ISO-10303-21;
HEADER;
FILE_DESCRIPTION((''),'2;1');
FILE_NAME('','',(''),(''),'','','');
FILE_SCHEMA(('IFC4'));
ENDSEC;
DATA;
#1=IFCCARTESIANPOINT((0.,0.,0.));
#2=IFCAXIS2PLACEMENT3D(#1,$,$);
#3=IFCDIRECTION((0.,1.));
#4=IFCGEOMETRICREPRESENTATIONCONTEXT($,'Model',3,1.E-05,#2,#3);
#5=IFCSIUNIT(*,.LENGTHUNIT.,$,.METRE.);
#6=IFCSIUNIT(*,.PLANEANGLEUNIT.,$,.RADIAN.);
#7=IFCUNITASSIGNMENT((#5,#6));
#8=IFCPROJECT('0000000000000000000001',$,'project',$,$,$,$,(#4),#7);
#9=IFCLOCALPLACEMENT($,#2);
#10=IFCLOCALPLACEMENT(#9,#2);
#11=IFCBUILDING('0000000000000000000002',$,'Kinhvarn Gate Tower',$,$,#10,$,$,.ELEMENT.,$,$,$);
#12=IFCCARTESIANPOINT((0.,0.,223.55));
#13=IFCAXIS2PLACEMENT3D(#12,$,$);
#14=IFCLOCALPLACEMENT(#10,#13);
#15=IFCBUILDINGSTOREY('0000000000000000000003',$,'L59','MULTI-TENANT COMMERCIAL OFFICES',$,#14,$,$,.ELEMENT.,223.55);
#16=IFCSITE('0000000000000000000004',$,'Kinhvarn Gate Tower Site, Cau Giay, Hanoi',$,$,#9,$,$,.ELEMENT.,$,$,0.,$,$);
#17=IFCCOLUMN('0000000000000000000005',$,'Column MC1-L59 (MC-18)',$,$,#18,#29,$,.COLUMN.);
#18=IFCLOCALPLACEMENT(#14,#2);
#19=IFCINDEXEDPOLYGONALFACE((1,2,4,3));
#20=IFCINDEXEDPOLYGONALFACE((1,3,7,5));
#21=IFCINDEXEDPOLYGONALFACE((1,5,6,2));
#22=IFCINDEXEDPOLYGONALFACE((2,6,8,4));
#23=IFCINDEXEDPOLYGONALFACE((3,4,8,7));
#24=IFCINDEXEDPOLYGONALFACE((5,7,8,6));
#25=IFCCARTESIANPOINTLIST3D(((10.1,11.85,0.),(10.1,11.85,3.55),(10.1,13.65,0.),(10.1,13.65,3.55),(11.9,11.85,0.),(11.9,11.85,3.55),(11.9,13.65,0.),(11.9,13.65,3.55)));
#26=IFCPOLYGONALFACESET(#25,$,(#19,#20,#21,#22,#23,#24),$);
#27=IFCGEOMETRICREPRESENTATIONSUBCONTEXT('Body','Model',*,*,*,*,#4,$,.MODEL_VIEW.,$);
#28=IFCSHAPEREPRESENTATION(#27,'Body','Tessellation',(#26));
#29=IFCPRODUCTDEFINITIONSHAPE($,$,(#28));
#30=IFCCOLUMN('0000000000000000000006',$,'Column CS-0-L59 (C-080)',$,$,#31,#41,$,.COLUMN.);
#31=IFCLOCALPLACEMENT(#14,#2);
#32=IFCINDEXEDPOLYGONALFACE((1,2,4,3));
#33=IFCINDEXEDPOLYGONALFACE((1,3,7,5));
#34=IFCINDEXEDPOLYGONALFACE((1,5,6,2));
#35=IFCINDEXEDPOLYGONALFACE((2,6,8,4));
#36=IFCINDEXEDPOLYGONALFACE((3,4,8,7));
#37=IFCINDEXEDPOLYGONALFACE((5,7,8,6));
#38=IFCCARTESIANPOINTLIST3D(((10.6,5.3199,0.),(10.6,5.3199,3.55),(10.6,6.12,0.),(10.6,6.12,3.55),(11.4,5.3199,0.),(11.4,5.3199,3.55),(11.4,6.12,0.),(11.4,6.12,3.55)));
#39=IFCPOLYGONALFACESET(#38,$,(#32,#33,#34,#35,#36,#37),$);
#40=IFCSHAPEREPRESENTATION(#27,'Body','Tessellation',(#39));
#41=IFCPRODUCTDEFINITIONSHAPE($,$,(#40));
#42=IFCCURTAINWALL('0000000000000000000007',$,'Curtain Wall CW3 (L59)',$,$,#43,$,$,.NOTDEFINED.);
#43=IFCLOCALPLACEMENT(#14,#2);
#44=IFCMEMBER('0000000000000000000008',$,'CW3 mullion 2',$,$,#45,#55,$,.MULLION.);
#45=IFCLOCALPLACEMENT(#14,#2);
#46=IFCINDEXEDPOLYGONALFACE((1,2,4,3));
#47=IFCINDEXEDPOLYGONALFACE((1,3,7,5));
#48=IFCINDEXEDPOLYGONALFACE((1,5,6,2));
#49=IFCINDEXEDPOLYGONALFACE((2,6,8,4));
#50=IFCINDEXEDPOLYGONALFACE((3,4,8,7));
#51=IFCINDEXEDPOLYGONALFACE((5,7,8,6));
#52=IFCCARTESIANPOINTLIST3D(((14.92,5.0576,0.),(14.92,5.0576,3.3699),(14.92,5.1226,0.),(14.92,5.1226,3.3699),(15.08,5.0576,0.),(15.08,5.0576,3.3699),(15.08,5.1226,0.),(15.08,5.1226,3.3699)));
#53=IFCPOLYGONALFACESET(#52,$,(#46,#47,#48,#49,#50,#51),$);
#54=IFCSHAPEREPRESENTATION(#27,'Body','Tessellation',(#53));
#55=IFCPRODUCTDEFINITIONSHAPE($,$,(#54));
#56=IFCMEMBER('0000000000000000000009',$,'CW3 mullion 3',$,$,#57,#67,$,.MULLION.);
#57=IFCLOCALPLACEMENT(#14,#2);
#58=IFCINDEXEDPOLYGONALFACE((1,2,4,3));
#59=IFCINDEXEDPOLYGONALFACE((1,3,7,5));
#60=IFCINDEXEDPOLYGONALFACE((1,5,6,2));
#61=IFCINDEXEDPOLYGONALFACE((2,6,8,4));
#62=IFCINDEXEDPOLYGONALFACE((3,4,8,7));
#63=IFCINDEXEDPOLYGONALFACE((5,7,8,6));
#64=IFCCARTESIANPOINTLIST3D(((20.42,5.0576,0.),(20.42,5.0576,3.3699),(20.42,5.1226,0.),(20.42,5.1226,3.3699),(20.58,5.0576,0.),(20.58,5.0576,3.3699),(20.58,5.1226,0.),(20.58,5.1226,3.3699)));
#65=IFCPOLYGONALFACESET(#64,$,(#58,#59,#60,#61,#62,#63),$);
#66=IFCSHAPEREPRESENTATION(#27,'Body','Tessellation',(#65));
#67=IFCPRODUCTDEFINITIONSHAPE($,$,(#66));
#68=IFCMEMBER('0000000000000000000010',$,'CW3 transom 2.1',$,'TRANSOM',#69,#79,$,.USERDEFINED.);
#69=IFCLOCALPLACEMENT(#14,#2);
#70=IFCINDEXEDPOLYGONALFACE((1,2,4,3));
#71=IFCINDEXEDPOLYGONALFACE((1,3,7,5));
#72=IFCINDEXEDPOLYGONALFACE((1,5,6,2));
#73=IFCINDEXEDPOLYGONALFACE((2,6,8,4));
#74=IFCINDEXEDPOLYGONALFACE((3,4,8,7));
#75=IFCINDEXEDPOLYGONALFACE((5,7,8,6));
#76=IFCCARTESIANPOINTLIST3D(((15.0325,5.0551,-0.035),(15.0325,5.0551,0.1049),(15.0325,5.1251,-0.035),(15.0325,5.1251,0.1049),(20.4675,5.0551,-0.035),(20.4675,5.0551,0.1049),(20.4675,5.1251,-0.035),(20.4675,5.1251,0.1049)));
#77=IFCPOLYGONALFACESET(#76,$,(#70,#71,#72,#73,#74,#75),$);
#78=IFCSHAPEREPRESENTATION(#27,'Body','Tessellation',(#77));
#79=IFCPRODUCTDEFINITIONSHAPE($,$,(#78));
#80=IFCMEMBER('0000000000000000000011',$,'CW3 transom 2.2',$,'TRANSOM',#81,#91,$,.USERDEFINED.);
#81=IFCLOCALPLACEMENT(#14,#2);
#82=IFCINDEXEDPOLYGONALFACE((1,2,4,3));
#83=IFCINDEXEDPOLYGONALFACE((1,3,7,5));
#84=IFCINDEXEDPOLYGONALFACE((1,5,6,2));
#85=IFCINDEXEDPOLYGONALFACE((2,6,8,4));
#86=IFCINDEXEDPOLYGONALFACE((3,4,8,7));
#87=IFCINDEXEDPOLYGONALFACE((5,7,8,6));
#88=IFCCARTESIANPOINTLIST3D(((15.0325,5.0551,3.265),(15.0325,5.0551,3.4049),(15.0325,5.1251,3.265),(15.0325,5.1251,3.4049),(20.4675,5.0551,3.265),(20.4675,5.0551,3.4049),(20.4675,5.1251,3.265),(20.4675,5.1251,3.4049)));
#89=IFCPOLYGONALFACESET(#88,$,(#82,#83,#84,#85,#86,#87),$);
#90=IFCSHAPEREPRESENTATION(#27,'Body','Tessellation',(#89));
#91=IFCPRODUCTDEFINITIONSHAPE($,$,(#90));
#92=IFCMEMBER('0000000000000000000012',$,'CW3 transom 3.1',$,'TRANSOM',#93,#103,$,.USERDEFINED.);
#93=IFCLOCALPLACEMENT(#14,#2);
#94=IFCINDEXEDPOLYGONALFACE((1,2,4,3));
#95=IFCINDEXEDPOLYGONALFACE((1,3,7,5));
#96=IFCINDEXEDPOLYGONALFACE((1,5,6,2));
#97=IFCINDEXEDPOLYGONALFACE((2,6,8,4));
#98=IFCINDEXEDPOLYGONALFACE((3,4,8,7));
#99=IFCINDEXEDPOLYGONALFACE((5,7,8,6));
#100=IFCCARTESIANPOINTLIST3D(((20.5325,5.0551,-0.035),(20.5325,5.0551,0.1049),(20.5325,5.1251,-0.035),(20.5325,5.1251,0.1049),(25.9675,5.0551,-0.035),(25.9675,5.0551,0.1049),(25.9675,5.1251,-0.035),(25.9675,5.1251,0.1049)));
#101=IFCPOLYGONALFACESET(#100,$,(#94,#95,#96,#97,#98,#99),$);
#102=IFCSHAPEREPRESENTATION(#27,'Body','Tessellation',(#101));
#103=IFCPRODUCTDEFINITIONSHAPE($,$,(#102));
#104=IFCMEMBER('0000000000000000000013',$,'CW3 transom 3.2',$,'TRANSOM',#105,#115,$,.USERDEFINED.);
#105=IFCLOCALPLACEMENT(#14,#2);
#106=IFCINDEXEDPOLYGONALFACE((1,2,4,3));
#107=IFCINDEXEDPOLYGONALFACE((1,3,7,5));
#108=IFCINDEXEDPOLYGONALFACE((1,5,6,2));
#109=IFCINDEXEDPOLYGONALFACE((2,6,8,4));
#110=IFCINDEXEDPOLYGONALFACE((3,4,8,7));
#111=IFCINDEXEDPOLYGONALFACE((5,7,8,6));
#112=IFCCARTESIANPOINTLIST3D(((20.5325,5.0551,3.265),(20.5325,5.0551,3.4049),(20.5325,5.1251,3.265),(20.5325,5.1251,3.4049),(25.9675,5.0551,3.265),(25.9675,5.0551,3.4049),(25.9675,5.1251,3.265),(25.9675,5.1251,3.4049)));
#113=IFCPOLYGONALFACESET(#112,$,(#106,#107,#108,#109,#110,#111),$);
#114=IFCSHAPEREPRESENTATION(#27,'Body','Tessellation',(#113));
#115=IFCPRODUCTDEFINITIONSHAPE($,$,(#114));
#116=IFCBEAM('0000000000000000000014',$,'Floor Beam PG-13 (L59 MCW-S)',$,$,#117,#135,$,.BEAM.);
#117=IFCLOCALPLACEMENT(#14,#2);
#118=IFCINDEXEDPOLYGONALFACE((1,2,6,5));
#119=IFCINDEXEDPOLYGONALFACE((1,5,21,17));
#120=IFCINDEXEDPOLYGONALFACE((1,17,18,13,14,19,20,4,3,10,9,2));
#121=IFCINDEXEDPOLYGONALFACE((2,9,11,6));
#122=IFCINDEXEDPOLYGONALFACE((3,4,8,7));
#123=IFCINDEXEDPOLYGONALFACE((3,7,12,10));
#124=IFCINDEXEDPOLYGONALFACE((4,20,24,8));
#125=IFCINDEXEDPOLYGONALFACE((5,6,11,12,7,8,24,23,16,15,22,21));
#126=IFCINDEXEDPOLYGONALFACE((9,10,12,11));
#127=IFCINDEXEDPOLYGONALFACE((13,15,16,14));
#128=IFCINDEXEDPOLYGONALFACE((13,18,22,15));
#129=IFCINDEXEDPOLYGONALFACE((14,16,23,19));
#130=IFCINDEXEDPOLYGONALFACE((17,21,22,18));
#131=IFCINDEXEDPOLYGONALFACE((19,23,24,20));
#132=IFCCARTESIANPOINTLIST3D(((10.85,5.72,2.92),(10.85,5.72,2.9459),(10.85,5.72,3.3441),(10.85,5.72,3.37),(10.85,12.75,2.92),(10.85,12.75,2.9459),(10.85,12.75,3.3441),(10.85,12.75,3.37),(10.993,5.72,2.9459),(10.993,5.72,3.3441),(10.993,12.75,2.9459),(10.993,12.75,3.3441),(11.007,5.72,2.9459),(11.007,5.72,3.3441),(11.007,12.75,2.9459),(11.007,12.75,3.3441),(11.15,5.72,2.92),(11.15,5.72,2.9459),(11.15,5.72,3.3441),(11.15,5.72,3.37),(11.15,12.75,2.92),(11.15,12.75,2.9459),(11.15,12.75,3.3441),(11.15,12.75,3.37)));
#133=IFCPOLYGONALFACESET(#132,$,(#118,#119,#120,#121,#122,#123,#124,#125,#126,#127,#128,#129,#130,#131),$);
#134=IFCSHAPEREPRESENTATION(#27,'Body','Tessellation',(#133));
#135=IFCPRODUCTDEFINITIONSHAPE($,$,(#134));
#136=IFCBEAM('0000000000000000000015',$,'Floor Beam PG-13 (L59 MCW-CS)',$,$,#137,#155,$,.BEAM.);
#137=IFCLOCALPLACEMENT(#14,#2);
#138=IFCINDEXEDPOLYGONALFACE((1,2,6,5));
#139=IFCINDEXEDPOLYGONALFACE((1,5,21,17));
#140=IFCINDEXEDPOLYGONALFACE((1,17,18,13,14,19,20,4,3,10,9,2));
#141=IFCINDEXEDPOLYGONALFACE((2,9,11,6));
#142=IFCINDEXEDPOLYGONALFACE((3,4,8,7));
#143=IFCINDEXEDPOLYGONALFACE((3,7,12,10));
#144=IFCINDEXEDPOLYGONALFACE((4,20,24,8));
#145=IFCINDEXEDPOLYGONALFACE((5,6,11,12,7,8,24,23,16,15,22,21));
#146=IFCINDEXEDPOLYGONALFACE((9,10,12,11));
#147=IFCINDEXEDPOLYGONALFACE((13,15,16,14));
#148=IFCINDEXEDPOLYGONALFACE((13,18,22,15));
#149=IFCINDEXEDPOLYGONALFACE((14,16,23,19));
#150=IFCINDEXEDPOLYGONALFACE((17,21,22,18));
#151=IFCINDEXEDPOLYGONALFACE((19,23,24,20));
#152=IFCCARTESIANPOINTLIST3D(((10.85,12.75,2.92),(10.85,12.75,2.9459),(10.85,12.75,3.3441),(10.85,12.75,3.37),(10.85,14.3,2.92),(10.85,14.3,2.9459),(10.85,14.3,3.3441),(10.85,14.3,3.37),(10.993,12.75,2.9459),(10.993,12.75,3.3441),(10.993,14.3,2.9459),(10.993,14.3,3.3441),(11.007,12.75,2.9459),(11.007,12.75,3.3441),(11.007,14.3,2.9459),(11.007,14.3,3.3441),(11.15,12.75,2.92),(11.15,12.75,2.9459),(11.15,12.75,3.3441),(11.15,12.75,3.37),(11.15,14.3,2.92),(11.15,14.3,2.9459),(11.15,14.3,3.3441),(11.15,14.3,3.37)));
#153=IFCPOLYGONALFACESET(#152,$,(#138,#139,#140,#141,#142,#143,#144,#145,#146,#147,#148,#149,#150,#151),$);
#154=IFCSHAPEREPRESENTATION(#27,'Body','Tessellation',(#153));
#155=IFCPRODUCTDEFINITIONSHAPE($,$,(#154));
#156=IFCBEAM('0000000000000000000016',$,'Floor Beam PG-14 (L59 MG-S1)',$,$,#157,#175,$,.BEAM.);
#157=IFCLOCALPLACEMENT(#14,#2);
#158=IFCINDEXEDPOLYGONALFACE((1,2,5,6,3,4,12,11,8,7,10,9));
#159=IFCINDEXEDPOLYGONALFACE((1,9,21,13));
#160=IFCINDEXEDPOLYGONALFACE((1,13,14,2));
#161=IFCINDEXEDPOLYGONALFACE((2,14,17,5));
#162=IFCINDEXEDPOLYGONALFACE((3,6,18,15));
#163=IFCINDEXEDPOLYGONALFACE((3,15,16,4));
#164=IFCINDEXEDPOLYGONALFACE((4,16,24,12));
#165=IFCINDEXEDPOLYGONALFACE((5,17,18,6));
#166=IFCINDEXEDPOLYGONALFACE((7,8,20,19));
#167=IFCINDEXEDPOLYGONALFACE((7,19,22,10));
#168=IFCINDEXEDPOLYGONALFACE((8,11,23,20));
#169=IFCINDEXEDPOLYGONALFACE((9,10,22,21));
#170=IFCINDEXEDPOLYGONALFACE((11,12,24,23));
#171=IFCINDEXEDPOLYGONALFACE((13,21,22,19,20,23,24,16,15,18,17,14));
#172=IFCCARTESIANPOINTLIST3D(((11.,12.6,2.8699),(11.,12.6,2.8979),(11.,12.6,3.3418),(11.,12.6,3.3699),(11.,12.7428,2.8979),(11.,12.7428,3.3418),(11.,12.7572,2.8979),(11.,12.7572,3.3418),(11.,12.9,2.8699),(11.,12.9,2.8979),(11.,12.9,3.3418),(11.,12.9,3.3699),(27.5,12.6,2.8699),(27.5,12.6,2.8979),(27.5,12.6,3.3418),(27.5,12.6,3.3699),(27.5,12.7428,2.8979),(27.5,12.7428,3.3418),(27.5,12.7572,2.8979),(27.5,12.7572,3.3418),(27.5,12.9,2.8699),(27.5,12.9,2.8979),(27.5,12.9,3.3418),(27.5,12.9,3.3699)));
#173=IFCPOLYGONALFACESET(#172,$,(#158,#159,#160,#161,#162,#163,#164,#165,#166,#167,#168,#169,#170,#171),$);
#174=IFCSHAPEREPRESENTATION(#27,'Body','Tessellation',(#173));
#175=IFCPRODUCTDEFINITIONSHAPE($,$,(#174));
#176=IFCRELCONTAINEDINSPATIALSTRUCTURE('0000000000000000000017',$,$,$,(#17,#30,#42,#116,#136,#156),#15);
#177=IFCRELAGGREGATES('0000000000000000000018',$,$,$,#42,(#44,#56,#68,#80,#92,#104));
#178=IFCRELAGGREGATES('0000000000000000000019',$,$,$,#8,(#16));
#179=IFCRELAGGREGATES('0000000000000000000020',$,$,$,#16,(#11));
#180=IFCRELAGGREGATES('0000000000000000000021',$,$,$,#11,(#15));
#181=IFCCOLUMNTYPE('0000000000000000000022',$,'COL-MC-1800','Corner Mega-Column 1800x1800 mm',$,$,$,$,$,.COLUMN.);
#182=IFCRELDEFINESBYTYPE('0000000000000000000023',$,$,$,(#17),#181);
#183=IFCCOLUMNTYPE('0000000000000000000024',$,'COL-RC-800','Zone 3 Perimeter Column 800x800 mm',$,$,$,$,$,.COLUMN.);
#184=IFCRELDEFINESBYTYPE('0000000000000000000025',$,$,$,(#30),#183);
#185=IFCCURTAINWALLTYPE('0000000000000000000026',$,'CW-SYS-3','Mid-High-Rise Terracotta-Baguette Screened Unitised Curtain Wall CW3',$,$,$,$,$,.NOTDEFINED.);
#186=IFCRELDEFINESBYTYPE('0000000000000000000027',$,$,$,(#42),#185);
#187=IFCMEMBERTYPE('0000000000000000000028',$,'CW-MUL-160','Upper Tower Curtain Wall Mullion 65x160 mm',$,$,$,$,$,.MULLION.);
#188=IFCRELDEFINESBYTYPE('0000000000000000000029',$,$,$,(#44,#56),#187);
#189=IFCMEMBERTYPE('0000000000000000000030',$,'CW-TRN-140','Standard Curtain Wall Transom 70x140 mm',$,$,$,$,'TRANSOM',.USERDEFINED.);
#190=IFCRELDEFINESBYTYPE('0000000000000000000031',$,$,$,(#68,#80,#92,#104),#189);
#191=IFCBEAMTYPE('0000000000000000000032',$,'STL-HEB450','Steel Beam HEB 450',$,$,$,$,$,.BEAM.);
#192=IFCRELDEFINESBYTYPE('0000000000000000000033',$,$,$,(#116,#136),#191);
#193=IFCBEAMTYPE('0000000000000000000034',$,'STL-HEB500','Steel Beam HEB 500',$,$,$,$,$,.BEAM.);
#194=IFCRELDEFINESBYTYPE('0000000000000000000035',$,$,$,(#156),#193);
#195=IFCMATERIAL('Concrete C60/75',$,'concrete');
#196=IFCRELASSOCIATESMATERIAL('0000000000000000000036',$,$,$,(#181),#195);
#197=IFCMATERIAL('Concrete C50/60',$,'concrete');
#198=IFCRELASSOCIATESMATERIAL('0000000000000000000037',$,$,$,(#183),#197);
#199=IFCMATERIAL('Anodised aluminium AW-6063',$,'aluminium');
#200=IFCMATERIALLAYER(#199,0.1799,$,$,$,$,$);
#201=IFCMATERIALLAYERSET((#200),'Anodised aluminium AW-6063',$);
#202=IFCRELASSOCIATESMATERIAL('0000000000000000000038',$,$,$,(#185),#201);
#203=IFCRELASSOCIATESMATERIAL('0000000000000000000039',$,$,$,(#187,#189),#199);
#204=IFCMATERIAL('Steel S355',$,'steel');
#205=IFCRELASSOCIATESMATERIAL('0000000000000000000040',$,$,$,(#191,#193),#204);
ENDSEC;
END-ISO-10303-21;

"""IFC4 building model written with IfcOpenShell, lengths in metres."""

from ifc_helpers import new_model, si_unit, direction, frame, origin, origin_2d, place, context, subcontext, project, spatial, rectangle, i_section, extrude, material, layer, layer_set, material_profile, profile_set, type_object, element, aggregate, save


model = new_model("IFC4")

# Units and contexts
model_context = context("Model", 3, precision=1e-05, world=origin(), true_north=direction((0.0, 1.0)))
body_context = subcontext(model_context, "Body", "Model", "MODEL_VIEW")
ifc_project = project(units=[si_unit("LENGTHUNIT", "METRE"), si_unit("PLANEANGLEUNIT", "RADIAN")], contexts=[model_context])

# Site, building, storey
site_placement = place(None, origin())
site = spatial("IfcSite", under=ifc_project, at=site_placement, Name="Kinhvarn Gate Tower Site, Cau Giay, Hanoi", CompositionType="ELEMENT", RefElevation=0.0)
building_placement = place(site_placement, origin())
building = spatial("IfcBuilding", under=site, at=building_placement, Name="Kinhvarn Gate Tower", CompositionType="ELEMENT")
storey_placement = place(building_placement, frame((0.0, 0.0, 223.55)))
storey = spatial("IfcBuildingStorey", under=building, at=storey_placement, Name="L59", Description="MULTI-TENANT COMMERCIAL OFFICES", CompositionType="ELEMENT", Elevation=223.55)

# Columns
ifc_material_1 = material(Name="Concrete C60/75", Category="concrete")
ifc_material_profile_1 = material_profile(ifc_material_1, rectangle(XDim=1.8, YDim=1.8, at=origin_2d()), Name="RC 1800x1800")
ifc_profile_set_1 = profile_set([ifc_material_profile_1], Name="Concrete C60/75")
column_type_1 = type_object("IfcColumnType", Name="COL-MC-1800", Description="Corner Mega-Column 1800x1800 mm", PredefinedType="COLUMN", material=ifc_profile_set_1)
column_1_placement = place(storey_placement, frame((11.0, 12.75, 0.0), z_axis=(0.0, 0.0, 1.0), x_axis=(1.0, 0.0, 0.0)))
element("IfcColumn", 1, at=column_1_placement, inside=storey, type_object=column_type_1, Name="Column MC1-L59 (MC-18)", PredefinedType="COLUMN", context=body_context, shape_type="SweptSolid", body=[
    extrude(rectangle(XDim=1.8, YDim=1.8, at=origin_2d()), origin(), (0.0, 0.0, 1.0), 3.55),
])
ifc_material_2 = material(Name="Concrete C50/60", Category="concrete")
ifc_material_profile_2 = material_profile(ifc_material_2, rectangle(XDim=0.8, YDim=0.8, at=origin_2d()), Name="RC 800x800")
ifc_profile_set_2 = profile_set([ifc_material_profile_2], Name="Concrete C50/60")
column_type_2 = type_object("IfcColumnType", Name="COL-RC-800", Description="Zone 3 Perimeter Column 800x800 mm", PredefinedType="COLUMN", material=ifc_profile_set_2)
column_2_placement = place(storey_placement, frame((11.0, 5.72, 0.0), z_axis=(0.0, 0.0, 1.0), x_axis=(1.0, 0.0, 0.0)))
element("IfcColumn", 2, at=column_2_placement, inside=storey, type_object=column_type_2, Name="Column CS-0-L59 (C-080)", PredefinedType="COLUMN", context=body_context, shape_type="SweptSolid", body=[
    extrude(rectangle(XDim=0.8, YDim=0.8, at=origin_2d()), origin(), (0.0, 0.0, 1.0), 3.55),
])

# Curtain wall, members
ifc_material_3 = material(Name="Anodised aluminium AW-6063", Category="aluminium")
ifc_layer_1 = layer(ifc_material_3, 0.1799)
ifc_layer_set_1 = layer_set([ifc_layer_1], Name="Anodised aluminium AW-6063")
curtain_wall_type = type_object("IfcCurtainWallType", Name="CW-SYS-3", Description="Mid-High-Rise Terracotta-Baguette Screened Unitised Curtain Wall CW3", PredefinedType="NOTDEFINED", material=ifc_layer_set_1)
curtain_wall_placement = place(storey_placement, origin())
curtain_wall = element("IfcCurtainWall", 3, at=curtain_wall_placement, inside=storey, type_object=curtain_wall_type, Name="Curtain Wall CW3 (L59)", PredefinedType="NOTDEFINED")
ifc_material_profile_3 = material_profile(ifc_material_3, rectangle(XDim=0.0649, YDim=0.1599, at=origin_2d()), Name="ALU 65x160")
ifc_profile_set_3 = profile_set([ifc_material_profile_3], Name="Anodised aluminium AW-6063")
member_type_1 = type_object("IfcMemberType", Name="CW-MUL-160", Description="Upper Tower Curtain Wall Mullion 65x160 mm", PredefinedType="MULLION", material=ifc_profile_set_3)
member_1_placement = place(storey_placement, frame((15.0, 5.0901, 0.0), z_axis=(0.0, 0.0, 1.0), x_axis=(0.0, 1.0, 0.0)))
member_1 = element("IfcMember", 4, at=member_1_placement, type_object=member_type_1, Name="CW3 mullion 2", PredefinedType="MULLION", context=body_context, shape_type="SweptSolid", body=[
    extrude(rectangle(XDim=0.0649, YDim=0.1599, at=origin_2d()), origin(), (0.0, 0.0, 1.0), 3.3699),
])
member_2_placement = place(storey_placement, frame((20.5, 5.0901, 0.0), z_axis=(0.0, 0.0, 1.0), x_axis=(0.0, 1.0, 0.0)))
member_2 = element("IfcMember", 5, at=member_2_placement, type_object=member_type_1, Name="CW3 mullion 3", PredefinedType="MULLION", context=body_context, shape_type="SweptSolid", body=[
    extrude(rectangle(XDim=0.0649, YDim=0.1599, at=origin_2d()), origin(), (0.0, 0.0, 1.0), 3.3699),
])
ifc_material_profile_4 = material_profile(ifc_material_3, rectangle(XDim=0.0701, YDim=0.1399, at=origin_2d()), Name="ALU 70x140")
ifc_profile_set_4 = profile_set([ifc_material_profile_4], Name="Anodised aluminium AW-6063")
member_type_2 = type_object("IfcMemberType", Name="CW-TRN-140", Description="Standard Curtain Wall Transom 70x140 mm", ElementType="TRANSOM", PredefinedType="USERDEFINED", material=ifc_profile_set_4)
member_3_placement = place(storey_placement, frame((15.0325, 5.0901, 0.0349), z_axis=(1.0, 0.0, 0.0), x_axis=(0.0, 1.0, 0.0)))
member_3 = element("IfcMember", 6, at=member_3_placement, type_object=member_type_2, Name="CW3 transom 2.1", ObjectType="TRANSOM", PredefinedType="USERDEFINED", context=body_context, shape_type="SweptSolid", body=[
    extrude(rectangle(XDim=0.0701, YDim=0.1399, at=origin_2d()), origin(), (0.0, 0.0, 1.0), 5.4351),
])
member_4_placement = place(storey_placement, frame((15.0325, 5.0901, 3.335), z_axis=(1.0, 0.0, 0.0), x_axis=(0.0, 1.0, 0.0)))
member_4 = element("IfcMember", 7, at=member_4_placement, type_object=member_type_2, Name="CW3 transom 2.2", ObjectType="TRANSOM", PredefinedType="USERDEFINED", context=body_context, shape_type="SweptSolid", body=[
    extrude(rectangle(XDim=0.0701, YDim=0.1399, at=origin_2d()), origin(), (0.0, 0.0, 1.0), 5.4351),
])
member_5_placement = place(storey_placement, frame((20.5325, 5.0901, 0.0349), z_axis=(1.0, 0.0, 0.0), x_axis=(0.0, 1.0, 0.0)))
member_5 = element("IfcMember", 8, at=member_5_placement, type_object=member_type_2, Name="CW3 transom 3.1", ObjectType="TRANSOM", PredefinedType="USERDEFINED", context=body_context, shape_type="SweptSolid", body=[
    extrude(rectangle(XDim=0.0701, YDim=0.1399, at=origin_2d()), origin(), (0.0, 0.0, 1.0), 5.4351),
])
member_6_placement = place(storey_placement, frame((20.5325, 5.0901, 3.335), z_axis=(1.0, 0.0, 0.0), x_axis=(0.0, 1.0, 0.0)))
member_6 = element("IfcMember", 9, at=member_6_placement, type_object=member_type_2, Name="CW3 transom 3.2", ObjectType="TRANSOM", PredefinedType="USERDEFINED", context=body_context, shape_type="SweptSolid", body=[
    extrude(rectangle(XDim=0.0701, YDim=0.1399, at=origin_2d()), origin(), (0.0, 0.0, 1.0), 5.4351),
])

# Beams
ifc_material_4 = material(Name="Steel S355", Category="steel")
ifc_material_profile_5 = material_profile(ifc_material_4, i_section(OverallWidth=0.3, OverallDepth=0.45, WebThickness=0.0139, FlangeThickness=0.0259, at=origin_2d()), Name="HEB 450")
ifc_profile_set_5 = profile_set([ifc_material_profile_5], Name="Steel S355")
beam_type_1 = type_object("IfcBeamType", Name="STL-HEB450", Description="Steel Beam HEB 450", PredefinedType="BEAM", material=ifc_profile_set_5)
beam_1_placement = place(storey_placement, frame((11.0, 5.72, 3.145), z_axis=(0.0, 1.0, 0.0), x_axis=(-1.0, 0.0, 0.0)))
element("IfcBeam", 10, at=beam_1_placement, inside=storey, type_object=beam_type_1, Name="Floor Beam PG-13 (L59 MCW-S)", PredefinedType="BEAM", context=body_context, shape_type="SweptSolid", body=[
    extrude(i_section(OverallWidth=0.3, OverallDepth=0.45, WebThickness=0.0139, FlangeThickness=0.0259, at=origin_2d()), origin(), (0.0, 0.0, 1.0), 7.03),
])
beam_2_placement = place(storey_placement, frame((11.0, 12.75, 3.145), z_axis=(0.0, 1.0, 0.0), x_axis=(-1.0, 0.0, 0.0)))
element("IfcBeam", 11, at=beam_2_placement, inside=storey, type_object=beam_type_1, Name="Floor Beam PG-13 (L59 MCW-CS)", PredefinedType="BEAM", context=body_context, shape_type="SweptSolid", body=[
    extrude(i_section(OverallWidth=0.3, OverallDepth=0.45, WebThickness=0.0139, FlangeThickness=0.0259, at=origin_2d()), origin(), (0.0, 0.0, 1.0), 1.55),
])
ifc_material_profile_6 = material_profile(ifc_material_4, i_section(OverallWidth=0.3, OverallDepth=0.5, WebThickness=0.0144, FlangeThickness=0.0281, at=origin_2d()), Name="HEB 500")
ifc_profile_set_6 = profile_set([ifc_material_profile_6], Name="Steel S355")
beam_type_2 = type_object("IfcBeamType", Name="STL-HEB500", Description="Steel Beam HEB 500", PredefinedType="BEAM", material=ifc_profile_set_6)
beam_3_placement = place(storey_placement, frame((11.0, 12.75, 3.1199), z_axis=(1.0, 0.0, 0.0), x_axis=(0.0, 1.0, 0.0)))
element("IfcBeam", 12, at=beam_3_placement, inside=storey, type_object=beam_type_2, Name="Floor Beam PG-14 (L59 MG-S1)", PredefinedType="BEAM", context=body_context, shape_type="SweptSolid", body=[
    extrude(i_section(OverallWidth=0.3, OverallDepth=0.5, WebThickness=0.0144, FlangeThickness=0.0281, at=origin_2d()), origin(), (0.0, 0.0, 1.0), 16.5),
])

aggregate(curtain_wall, [member_1, member_2, member_3, member_4, member_5, member_6])

save(model, "model.ifc")
